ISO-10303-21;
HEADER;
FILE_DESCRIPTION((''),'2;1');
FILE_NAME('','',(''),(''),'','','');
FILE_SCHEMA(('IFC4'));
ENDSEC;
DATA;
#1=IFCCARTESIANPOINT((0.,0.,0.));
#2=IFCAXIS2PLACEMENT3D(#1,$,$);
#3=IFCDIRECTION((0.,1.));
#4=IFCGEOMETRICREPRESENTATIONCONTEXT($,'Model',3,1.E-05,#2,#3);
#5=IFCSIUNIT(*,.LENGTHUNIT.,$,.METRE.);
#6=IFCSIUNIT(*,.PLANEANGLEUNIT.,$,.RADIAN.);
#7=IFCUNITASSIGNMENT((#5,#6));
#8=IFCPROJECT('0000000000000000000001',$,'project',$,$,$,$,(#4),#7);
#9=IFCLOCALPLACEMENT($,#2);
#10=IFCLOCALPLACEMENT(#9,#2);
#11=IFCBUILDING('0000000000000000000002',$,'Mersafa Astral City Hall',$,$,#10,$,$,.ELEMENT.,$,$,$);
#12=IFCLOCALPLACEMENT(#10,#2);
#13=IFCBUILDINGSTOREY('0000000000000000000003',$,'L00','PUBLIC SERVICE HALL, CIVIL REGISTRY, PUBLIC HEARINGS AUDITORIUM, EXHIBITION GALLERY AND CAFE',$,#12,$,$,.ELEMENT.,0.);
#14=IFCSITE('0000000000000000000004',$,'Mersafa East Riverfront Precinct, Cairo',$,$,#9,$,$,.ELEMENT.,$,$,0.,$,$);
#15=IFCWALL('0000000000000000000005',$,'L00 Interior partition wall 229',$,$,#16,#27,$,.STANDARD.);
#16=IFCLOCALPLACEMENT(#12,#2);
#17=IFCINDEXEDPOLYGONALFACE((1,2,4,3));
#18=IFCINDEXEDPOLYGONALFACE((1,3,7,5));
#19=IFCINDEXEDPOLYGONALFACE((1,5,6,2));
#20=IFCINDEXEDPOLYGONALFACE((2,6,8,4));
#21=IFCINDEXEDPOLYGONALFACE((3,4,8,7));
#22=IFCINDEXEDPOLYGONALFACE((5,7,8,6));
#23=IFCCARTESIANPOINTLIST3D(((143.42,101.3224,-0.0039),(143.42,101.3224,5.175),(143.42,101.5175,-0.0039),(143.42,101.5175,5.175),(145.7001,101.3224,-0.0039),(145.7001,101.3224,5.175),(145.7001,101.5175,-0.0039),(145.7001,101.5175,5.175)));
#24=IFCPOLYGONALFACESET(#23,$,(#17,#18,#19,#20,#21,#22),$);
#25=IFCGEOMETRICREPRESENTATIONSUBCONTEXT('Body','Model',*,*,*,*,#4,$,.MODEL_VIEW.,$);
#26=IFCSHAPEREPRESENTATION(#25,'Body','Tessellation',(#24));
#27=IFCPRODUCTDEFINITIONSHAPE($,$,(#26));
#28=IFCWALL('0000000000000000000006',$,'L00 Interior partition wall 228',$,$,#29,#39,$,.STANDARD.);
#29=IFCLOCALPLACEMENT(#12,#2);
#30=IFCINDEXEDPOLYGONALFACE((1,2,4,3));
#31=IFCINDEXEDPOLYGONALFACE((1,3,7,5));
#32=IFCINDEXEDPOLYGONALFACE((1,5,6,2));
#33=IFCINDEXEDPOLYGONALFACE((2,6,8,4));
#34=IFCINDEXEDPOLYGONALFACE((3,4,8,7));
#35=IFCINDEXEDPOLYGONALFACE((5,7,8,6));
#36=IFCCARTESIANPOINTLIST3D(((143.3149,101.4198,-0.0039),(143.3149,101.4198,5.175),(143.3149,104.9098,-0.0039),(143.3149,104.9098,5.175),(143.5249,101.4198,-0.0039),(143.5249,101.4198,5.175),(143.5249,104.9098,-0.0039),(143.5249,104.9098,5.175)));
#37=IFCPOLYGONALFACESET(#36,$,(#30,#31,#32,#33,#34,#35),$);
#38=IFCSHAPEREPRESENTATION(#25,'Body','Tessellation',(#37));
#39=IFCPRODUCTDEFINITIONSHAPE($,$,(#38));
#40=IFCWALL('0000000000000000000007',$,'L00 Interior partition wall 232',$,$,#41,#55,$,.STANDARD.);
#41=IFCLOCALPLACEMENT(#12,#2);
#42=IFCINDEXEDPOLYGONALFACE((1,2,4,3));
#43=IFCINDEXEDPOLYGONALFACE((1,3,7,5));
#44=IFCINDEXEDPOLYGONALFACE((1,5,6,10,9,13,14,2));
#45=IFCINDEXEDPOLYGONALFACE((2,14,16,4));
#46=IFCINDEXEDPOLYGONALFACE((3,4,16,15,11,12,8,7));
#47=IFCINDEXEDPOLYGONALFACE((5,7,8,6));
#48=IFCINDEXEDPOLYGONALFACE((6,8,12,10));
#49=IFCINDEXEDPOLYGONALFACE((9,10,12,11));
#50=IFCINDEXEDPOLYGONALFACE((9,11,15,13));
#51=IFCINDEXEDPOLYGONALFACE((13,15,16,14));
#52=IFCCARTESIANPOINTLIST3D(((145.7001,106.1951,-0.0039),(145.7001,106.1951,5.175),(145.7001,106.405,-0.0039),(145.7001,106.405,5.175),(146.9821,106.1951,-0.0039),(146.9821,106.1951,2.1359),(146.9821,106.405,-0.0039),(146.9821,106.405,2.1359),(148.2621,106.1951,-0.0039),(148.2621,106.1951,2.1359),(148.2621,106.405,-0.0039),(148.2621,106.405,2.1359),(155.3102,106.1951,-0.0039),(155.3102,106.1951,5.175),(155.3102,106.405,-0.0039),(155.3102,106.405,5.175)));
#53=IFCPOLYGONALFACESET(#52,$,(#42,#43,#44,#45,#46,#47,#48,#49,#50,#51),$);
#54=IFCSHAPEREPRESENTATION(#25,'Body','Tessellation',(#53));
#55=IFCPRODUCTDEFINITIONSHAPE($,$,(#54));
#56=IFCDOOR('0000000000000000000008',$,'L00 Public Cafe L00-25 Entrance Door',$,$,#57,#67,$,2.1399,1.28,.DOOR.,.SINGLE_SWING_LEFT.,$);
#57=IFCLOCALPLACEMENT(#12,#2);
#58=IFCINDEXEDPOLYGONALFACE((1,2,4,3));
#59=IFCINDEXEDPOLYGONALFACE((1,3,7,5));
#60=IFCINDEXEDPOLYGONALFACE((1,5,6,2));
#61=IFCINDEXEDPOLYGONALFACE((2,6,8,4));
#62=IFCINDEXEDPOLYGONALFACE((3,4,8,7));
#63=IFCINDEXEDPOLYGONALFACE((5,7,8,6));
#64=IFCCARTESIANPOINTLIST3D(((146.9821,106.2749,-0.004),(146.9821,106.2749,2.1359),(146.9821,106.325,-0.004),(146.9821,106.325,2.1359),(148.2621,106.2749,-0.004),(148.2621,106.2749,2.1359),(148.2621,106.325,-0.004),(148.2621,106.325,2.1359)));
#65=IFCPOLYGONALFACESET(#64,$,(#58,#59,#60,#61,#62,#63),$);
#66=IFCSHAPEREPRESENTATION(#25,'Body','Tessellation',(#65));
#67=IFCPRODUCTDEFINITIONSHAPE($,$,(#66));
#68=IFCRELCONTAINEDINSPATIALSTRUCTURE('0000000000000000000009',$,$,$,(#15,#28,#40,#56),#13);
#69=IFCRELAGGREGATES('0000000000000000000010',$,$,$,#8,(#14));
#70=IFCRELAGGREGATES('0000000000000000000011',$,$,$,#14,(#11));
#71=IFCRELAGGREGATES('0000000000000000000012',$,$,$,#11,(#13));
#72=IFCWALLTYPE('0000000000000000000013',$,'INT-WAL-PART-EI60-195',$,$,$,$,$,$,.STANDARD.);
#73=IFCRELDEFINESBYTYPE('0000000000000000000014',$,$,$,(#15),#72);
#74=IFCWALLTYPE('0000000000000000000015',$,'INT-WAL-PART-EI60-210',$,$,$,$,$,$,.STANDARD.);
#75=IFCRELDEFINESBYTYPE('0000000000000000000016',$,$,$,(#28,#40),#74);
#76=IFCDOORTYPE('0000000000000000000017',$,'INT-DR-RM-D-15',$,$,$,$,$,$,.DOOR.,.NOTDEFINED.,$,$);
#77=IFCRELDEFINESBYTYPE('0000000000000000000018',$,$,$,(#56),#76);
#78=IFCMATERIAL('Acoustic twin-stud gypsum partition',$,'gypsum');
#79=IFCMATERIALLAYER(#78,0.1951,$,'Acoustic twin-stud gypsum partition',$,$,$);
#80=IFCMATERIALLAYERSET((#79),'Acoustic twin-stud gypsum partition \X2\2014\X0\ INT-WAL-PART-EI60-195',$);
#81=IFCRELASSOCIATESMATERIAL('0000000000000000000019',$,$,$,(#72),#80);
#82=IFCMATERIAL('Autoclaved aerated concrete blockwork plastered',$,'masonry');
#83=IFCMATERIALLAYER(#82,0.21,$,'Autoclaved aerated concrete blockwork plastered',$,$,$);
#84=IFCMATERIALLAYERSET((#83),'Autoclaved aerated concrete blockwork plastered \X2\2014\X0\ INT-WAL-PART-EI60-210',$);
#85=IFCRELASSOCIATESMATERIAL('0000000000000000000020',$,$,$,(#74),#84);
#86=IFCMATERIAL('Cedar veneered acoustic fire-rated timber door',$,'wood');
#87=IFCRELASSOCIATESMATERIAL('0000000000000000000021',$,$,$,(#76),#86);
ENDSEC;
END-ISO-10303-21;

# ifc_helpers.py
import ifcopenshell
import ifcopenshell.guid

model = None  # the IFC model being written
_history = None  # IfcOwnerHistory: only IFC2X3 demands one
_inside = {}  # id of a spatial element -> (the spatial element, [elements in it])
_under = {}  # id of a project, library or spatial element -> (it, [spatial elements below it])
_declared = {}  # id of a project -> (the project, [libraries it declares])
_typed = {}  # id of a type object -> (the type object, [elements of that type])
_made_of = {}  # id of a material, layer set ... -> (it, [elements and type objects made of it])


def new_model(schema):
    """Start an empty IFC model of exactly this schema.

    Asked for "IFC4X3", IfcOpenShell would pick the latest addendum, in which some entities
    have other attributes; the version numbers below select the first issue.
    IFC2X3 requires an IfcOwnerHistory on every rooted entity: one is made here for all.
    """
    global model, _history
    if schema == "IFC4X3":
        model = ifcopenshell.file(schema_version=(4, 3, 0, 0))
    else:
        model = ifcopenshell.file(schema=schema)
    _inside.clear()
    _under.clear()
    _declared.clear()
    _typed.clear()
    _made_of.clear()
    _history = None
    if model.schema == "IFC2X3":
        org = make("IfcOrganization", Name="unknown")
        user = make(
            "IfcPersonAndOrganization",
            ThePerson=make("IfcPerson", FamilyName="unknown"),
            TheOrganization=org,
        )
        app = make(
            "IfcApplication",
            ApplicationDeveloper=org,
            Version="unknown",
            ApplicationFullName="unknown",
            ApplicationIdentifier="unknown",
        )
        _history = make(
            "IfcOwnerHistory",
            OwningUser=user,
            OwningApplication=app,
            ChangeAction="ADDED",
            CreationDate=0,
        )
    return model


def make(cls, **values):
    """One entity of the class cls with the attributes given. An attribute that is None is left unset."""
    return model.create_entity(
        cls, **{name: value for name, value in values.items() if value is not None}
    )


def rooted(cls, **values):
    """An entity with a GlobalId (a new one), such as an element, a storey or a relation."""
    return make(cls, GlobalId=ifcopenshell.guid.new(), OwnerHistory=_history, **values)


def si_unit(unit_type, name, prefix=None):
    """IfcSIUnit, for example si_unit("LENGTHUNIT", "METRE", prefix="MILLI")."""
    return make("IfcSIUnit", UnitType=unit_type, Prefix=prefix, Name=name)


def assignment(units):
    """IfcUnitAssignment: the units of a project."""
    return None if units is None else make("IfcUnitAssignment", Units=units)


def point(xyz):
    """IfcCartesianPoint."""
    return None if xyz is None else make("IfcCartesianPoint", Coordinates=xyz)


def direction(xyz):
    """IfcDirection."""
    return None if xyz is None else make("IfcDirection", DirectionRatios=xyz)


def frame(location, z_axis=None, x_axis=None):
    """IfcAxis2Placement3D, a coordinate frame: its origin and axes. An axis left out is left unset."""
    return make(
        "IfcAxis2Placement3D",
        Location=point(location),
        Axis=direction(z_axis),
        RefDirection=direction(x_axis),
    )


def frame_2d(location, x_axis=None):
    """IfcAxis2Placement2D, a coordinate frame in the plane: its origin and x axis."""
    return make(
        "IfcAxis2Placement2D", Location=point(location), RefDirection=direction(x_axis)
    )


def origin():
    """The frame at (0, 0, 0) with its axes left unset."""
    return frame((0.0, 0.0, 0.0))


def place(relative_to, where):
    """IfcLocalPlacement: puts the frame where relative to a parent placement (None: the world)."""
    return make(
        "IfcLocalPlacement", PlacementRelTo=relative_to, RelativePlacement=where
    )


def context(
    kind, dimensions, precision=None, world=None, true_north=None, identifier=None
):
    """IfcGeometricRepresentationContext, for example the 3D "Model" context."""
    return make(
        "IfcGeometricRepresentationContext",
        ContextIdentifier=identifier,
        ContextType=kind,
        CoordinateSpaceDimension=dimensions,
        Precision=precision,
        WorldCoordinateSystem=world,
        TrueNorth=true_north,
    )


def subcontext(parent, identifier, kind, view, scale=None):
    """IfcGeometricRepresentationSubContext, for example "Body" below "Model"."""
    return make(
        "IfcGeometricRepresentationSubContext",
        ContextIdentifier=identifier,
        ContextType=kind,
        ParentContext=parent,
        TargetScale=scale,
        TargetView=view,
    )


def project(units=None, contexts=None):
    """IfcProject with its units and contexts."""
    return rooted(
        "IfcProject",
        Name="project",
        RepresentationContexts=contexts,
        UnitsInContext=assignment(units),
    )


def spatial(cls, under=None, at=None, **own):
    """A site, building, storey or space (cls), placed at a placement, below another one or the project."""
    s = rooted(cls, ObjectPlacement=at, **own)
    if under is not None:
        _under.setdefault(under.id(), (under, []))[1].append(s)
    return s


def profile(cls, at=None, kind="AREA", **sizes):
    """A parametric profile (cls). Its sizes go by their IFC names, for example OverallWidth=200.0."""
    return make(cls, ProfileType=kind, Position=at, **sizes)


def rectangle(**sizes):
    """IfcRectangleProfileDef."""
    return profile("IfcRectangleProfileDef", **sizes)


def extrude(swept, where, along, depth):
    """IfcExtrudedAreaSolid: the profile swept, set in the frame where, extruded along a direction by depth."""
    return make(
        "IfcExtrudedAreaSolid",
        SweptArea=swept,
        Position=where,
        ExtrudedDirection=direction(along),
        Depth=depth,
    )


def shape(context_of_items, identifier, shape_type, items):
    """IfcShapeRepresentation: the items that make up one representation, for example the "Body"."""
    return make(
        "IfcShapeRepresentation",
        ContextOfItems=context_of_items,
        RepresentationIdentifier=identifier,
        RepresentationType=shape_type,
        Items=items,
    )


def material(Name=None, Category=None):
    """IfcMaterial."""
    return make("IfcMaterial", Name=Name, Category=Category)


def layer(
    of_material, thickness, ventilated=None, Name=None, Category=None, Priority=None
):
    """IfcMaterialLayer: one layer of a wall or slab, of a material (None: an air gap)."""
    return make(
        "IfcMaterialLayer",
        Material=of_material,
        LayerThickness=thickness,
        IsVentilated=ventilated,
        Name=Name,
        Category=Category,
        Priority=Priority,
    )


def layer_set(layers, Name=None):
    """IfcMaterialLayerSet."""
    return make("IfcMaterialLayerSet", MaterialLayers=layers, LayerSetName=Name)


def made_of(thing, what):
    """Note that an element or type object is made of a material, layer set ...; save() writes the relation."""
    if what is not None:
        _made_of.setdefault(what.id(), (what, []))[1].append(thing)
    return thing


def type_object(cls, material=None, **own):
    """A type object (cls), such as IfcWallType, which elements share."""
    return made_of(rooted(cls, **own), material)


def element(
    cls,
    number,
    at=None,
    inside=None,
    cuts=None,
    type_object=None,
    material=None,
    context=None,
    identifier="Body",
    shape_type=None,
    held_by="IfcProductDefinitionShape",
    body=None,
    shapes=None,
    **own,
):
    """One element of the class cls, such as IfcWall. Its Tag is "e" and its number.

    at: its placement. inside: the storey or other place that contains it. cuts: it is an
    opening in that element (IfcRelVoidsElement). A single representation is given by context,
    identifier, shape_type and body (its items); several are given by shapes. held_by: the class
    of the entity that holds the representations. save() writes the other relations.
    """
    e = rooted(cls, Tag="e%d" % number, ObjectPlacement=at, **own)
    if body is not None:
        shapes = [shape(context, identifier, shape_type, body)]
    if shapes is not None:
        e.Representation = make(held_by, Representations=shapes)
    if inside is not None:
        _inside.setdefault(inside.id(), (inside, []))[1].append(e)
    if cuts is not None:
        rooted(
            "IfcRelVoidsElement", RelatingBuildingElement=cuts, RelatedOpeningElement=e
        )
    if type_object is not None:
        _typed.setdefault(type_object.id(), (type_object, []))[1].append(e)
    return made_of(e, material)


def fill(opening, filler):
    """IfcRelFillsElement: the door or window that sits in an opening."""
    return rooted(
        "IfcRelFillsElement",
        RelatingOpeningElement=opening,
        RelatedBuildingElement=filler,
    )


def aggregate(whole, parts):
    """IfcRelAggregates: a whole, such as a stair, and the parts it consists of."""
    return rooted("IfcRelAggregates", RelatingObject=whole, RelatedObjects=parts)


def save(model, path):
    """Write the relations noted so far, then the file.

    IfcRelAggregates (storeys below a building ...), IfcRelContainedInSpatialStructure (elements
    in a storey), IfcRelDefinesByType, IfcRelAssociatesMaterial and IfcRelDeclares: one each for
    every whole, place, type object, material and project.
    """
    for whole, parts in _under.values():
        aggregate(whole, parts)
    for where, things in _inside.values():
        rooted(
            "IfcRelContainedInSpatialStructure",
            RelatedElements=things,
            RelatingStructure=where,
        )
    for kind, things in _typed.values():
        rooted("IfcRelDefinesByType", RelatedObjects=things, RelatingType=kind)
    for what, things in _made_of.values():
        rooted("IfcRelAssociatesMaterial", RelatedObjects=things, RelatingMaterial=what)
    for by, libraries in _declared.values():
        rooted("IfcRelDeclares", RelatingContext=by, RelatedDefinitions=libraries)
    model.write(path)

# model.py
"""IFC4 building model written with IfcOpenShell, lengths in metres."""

from ifc_helpers import new_model, si_unit, direction, frame, frame_2d, origin, place, context, subcontext, project, spatial, rectangle, extrude, material, layer, layer_set, type_object, element, fill, save


model = new_model("IFC4")

# Units and contexts
model_context = context("Model", 3, precision=1e-05, world=origin(), true_north=direction((0.0, 1.0)))
body_context = subcontext(model_context, "Body", "Model", "MODEL_VIEW")
ifc_project = project(units=[si_unit("LENGTHUNIT", "METRE"), si_unit("PLANEANGLEUNIT", "RADIAN")], contexts=[model_context])

# Site, building, storey
site_placement = place(None, origin())
site = spatial("IfcSite", under=ifc_project, at=site_placement, Name="Mersafa East Riverfront Precinct, Cairo", CompositionType="ELEMENT", RefElevation=0.0)
building_placement = place(site_placement, origin())
building = spatial("IfcBuilding", under=site, at=building_placement, Name="Mersafa Astral City Hall", CompositionType="ELEMENT")
storey_placement = place(building_placement, origin())
storey = spatial("IfcBuildingStorey", under=building, at=storey_placement, Name="L00", Description="PUBLIC SERVICE HALL, CIVIL REGISTRY, PUBLIC HEARINGS AUDITORIUM, EXHIBITION GALLERY AND CAFE", CompositionType="ELEMENT", Elevation=0.0)

# Walls
ifc_material_1 = material(Name="Acoustic twin-stud gypsum partition", Category="gypsum")
ifc_layer_1 = layer(ifc_material_1, 0.1951, Name="Acoustic twin-stud gypsum partition")
ifc_layer_set_1 = layer_set([ifc_layer_1], Name="Acoustic twin-stud gypsum partition — INT-WAL-PART-EI60-195")
wall_type_1 = type_object("IfcWallType", Name="INT-WAL-PART-EI60-195", PredefinedType="STANDARD", material=ifc_layer_set_1)
wall_1_placement = place(storey_placement, frame((143.4199, 101.4199, -0.0039), z_axis=(0.0, 0.0, 1.0), x_axis=(1.0, 0.0, 0.0)))
element("IfcWall", 1, at=wall_1_placement, inside=storey, type_object=wall_type_1, Name="L00 Interior partition wall 229", PredefinedType="STANDARD", context=body_context, shape_type="SweptSolid", body=[
    extrude(rectangle(XDim=2.28, YDim=0.1951, at=frame_2d((1.1401, 0.0))), origin(), (0.0, 0.0, 1.0), 5.179),
])
ifc_material_2 = material(Name="Autoclaved aerated concrete blockwork plastered", Category="masonry")
ifc_layer_2 = layer(ifc_material_2, 0.21, Name="Autoclaved aerated concrete blockwork plastered")
ifc_layer_set_2 = layer_set([ifc_layer_2], Name="Autoclaved aerated concrete blockwork plastered — INT-WAL-PART-EI60-210")
wall_type_2 = type_object("IfcWallType", Name="INT-WAL-PART-EI60-210", PredefinedType="STANDARD", material=ifc_layer_set_2)
wall_2_placement = place(storey_placement, frame((143.4199, 104.9099, -0.0039), z_axis=(0.0, 0.0, 1.0), x_axis=(0.0, -1.0, 0.0)))
element("IfcWall", 2, at=wall_2_placement, inside=storey, type_object=wall_type_2, Name="L00 Interior partition wall 228", PredefinedType="STANDARD", context=body_context, shape_type="SweptSolid", body=[
    extrude(rectangle(XDim=3.49, YDim=0.21, at=frame_2d((1.7451, 0.0))), origin(), (0.0, 0.0, 1.0), 5.179),
])

# Wall, opening, door
wall_3_placement = place(storey_placement, frame((145.7, 106.3, -0.0039), z_axis=(0.0, 0.0, 1.0), x_axis=(1.0, 0.0, 0.0)))
wall_3 = element("IfcWall", 3, at=wall_3_placement, inside=storey, type_object=wall_type_2, Name="L00 Interior partition wall 232", PredefinedType="STANDARD", context=body_context, shape_type="SweptSolid", body=[
    extrude(rectangle(XDim=9.6101, YDim=0.21, at=frame_2d((4.8052, 0.0))), origin(), (0.0, 0.0, 1.0), 5.179),
])
opening_placement = place(wall_3_placement, frame((1.282, 0.0, 0.0)))
opening = element("IfcOpeningElement", 4, at=opening_placement, cuts=wall_3, PredefinedType="OPENING", context=body_context, shape_type="SweptSolid", body=[
    extrude(rectangle(XDim=1.28, YDim=2.1399, at=frame_2d((0.6401, 1.0698))), frame((0.0, 0.115, 0.0), z_axis=(0.0, -1.0, 0.0), x_axis=(1.0, 0.0, 0.0)), (0.0, 0.0, 1.0), 0.23),
])
ifc_material_3 = material(Name="Cedar veneered acoustic fire-rated timber door", Category="wood")
door_type = type_object("IfcDoorType", Name="INT-DR-RM-D-15", OperationType="NOTDEFINED", PredefinedType="DOOR", material=ifc_material_3)
door_placement = place(opening_placement, origin())
door = element("IfcDoor", 5, at=door_placement, inside=storey, type_object=door_type, Name="L00 Public Cafe L00-25 Entrance Door", OperationType="SINGLE_SWING_LEFT", OverallHeight=2.1399, OverallWidth=1.28, PredefinedType="DOOR", context=body_context, shape_type="SweptSolid", body=[
    extrude(rectangle(XDim=1.28, YDim=2.1399, at=frame_2d((0.6401, 1.0698))), frame((0.0, 0.0249, 0.0), z_axis=(0.0, -1.0, 0.0), x_axis=(1.0, 0.0, 0.0)), (0.0, 0.0, 1.0), 0.05),
])
fill(opening, door)

save(model, "model.ifc")
